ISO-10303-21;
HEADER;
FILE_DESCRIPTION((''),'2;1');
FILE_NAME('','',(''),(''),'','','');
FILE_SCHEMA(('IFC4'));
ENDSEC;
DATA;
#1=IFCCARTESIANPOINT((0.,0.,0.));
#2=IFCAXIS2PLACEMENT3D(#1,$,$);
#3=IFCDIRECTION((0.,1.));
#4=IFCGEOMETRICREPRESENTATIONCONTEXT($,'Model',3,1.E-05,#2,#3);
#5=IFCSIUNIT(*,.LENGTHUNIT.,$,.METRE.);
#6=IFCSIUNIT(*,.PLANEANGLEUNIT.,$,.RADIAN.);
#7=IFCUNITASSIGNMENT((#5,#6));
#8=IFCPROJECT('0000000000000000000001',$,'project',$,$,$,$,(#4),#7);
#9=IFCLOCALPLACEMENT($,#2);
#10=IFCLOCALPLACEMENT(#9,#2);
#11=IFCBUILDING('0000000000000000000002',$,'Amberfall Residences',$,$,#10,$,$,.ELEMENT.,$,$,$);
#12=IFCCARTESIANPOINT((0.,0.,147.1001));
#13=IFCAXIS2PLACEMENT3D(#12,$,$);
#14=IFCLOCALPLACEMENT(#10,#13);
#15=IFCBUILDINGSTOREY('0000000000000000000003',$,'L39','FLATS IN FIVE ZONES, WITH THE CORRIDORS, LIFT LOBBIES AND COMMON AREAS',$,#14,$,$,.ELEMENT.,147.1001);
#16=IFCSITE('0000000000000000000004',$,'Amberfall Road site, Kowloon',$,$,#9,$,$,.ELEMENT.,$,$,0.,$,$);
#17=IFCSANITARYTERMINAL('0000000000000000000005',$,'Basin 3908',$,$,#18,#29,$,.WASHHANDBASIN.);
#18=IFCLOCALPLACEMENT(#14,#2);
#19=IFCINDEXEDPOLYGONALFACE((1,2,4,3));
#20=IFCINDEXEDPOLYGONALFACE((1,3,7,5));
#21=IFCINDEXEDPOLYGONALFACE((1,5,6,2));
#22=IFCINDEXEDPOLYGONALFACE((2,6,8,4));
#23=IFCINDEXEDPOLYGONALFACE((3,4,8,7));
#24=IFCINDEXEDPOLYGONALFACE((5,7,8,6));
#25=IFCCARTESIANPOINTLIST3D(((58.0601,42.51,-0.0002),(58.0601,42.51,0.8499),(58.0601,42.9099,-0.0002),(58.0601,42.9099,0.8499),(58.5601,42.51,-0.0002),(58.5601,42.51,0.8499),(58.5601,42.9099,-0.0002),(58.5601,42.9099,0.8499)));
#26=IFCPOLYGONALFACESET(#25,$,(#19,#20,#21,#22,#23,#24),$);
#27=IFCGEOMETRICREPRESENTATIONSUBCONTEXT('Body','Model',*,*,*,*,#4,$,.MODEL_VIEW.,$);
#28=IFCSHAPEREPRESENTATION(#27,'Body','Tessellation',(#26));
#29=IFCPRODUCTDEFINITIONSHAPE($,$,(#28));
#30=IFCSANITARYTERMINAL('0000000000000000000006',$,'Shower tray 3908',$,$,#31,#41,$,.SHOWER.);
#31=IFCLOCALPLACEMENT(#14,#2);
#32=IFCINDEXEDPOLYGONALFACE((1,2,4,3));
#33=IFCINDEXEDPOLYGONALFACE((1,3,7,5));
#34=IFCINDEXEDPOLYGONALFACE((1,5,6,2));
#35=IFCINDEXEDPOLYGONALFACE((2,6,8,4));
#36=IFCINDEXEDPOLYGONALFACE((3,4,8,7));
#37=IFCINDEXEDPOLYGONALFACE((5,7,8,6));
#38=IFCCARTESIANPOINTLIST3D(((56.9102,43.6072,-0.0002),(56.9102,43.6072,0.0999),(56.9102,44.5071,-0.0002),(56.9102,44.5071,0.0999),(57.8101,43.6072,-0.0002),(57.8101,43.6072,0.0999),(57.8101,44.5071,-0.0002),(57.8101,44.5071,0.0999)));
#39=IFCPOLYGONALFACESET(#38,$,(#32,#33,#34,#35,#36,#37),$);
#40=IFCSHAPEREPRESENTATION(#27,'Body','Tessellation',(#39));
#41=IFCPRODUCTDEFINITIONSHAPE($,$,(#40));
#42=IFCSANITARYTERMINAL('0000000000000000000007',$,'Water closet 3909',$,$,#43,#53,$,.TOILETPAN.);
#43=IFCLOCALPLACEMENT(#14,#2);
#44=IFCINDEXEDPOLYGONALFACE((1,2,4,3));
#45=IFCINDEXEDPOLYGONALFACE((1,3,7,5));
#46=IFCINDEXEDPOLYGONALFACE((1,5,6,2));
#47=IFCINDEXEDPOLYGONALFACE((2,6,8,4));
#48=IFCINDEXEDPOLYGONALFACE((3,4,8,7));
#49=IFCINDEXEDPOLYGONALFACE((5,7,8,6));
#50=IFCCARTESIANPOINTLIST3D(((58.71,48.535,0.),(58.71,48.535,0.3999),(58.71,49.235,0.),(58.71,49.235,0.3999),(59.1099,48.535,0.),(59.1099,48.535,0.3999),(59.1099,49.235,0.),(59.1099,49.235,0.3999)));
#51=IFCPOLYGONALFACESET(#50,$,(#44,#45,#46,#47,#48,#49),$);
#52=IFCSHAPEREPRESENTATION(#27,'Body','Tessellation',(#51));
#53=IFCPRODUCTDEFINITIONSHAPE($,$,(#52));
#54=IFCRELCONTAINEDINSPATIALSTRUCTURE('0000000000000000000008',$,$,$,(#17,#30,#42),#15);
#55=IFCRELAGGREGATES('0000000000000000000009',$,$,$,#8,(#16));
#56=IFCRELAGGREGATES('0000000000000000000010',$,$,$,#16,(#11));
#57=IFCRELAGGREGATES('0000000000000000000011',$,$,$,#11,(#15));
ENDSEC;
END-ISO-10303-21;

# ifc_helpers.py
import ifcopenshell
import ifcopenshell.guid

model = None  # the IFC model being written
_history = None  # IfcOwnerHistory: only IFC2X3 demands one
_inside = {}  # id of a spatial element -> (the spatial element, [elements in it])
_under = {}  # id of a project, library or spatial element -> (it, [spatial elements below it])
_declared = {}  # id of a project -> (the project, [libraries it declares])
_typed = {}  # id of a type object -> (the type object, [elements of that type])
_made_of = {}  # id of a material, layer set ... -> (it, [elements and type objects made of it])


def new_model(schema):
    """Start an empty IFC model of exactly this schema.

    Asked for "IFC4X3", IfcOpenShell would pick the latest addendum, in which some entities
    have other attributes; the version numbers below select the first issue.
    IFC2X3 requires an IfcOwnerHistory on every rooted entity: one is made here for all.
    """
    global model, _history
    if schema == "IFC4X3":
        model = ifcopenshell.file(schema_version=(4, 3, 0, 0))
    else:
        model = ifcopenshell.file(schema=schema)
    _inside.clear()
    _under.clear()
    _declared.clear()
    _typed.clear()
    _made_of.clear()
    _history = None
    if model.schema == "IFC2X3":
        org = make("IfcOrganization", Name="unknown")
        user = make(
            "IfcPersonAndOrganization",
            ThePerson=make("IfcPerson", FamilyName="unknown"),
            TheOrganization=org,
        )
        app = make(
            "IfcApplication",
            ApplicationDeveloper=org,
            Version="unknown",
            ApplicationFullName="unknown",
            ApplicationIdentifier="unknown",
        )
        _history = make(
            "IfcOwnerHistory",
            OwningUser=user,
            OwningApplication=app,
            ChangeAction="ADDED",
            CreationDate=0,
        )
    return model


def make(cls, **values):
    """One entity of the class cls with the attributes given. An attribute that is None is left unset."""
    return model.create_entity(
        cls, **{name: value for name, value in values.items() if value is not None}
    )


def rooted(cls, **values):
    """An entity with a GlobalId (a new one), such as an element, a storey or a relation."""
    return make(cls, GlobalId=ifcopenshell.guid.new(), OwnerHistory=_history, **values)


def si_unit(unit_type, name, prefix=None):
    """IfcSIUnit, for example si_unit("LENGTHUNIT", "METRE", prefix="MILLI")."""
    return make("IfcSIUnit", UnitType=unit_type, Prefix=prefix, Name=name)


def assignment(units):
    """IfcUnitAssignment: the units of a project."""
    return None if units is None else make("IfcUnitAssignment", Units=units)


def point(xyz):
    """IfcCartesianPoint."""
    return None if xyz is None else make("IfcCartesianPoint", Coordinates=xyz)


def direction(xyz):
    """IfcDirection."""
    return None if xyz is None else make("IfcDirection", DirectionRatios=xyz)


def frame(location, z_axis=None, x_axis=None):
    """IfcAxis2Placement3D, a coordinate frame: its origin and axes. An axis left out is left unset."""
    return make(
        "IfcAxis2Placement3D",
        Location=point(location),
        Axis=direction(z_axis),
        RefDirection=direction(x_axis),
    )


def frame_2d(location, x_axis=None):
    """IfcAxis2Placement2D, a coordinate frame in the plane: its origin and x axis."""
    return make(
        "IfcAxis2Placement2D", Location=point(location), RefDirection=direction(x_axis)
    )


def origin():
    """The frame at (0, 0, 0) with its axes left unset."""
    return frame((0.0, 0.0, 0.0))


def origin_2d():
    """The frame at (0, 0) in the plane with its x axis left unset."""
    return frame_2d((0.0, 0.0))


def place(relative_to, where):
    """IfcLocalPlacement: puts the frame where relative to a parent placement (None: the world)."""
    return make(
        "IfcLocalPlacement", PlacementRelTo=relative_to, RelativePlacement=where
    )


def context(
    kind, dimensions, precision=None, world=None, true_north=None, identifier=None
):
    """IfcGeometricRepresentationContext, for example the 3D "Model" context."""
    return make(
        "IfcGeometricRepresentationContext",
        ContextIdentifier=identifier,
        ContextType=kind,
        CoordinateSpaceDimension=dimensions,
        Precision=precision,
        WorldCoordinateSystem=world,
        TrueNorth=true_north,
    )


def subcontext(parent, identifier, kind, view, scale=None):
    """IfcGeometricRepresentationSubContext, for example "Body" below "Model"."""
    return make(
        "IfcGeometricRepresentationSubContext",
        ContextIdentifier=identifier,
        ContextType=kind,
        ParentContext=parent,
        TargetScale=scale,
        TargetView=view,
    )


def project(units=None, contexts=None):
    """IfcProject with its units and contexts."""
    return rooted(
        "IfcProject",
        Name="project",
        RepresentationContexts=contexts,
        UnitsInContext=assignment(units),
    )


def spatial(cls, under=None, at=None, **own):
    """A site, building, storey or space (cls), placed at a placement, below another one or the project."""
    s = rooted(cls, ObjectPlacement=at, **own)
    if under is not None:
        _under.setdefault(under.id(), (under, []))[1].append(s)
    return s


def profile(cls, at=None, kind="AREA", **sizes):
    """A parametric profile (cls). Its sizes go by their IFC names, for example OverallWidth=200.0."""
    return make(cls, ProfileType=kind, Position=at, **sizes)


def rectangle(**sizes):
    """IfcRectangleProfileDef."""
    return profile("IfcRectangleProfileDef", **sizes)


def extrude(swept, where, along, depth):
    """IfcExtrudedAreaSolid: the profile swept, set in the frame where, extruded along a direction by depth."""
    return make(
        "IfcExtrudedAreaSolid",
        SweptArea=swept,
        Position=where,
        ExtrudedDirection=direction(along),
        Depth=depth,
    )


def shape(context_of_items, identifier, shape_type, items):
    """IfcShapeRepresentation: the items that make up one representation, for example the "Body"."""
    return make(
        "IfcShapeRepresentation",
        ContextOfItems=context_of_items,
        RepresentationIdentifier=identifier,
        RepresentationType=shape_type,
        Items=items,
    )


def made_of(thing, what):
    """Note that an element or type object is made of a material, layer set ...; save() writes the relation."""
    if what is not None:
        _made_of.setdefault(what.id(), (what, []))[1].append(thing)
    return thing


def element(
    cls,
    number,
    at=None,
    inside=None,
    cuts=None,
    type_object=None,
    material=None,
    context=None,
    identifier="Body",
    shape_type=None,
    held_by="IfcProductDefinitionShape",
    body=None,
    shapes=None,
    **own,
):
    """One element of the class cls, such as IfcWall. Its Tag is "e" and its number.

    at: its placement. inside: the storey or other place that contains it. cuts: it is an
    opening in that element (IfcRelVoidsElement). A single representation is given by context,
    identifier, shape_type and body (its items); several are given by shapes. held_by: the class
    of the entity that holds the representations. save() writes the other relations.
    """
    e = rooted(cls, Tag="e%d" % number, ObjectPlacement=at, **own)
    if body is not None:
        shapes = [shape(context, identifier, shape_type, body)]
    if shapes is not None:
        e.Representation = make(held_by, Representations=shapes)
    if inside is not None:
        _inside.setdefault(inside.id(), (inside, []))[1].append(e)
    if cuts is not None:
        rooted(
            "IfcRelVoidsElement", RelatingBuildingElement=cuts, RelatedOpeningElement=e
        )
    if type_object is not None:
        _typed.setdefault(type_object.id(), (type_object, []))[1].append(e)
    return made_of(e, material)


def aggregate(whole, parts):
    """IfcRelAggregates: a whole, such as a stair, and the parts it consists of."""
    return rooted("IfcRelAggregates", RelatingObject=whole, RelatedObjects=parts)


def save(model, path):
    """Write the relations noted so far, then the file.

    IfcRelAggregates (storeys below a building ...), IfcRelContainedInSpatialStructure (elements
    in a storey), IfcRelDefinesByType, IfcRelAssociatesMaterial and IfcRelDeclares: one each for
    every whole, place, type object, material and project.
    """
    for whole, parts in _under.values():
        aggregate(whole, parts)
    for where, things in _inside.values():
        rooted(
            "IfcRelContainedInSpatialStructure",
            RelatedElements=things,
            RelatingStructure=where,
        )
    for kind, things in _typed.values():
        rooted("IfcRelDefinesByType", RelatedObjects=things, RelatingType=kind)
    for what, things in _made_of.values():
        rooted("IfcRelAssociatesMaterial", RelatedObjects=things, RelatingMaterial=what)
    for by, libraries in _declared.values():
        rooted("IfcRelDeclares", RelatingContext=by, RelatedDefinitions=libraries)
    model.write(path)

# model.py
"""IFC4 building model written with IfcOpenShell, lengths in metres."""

from ifc_helpers import new_model, si_unit, direction, frame, origin, origin_2d, place, context, subcontext, project, spatial, rectangle, extrude, element, save


model = new_model("IFC4")

# Units and contexts
model_context = context("Model", 3, precision=1e-05, world=origin(), true_north=direction((0.0, 1.0)))
body_context = subcontext(model_context, "Body", "Model", "MODEL_VIEW")
ifc_project = project(units=[si_unit("LENGTHUNIT", "METRE"), si_unit("PLANEANGLEUNIT", "RADIAN")], contexts=[model_context])

# Site, building, storey
site_placement = place(None, origin())
site = spatial("IfcSite", under=ifc_project, at=site_placement, Name="Amberfall Road site, Kowloon", CompositionType="ELEMENT", RefElevation=0.0)
building_placement = place(site_placement, origin())
building = spatial("IfcBuilding", under=site, at=building_placement, Name="Amberfall Residences", CompositionType="ELEMENT")
storey_placement = place(building_placement, frame((0.0, 0.0, 147.1001)))
storey = spatial("IfcBuildingStorey", under=building, at=storey_placement, Name="L39", Description="FLATS IN FIVE ZONES, WITH THE CORRIDORS, LIFT LOBBIES AND COMMON AREAS", CompositionType="ELEMENT", Elevation=147.1001)

# Sanitary terminals
sanitary_terminal_1_placement = place(storey_placement, frame((58.3101, 42.71, -0.0002), z_axis=(0.0, 0.0, 1.0), x_axis=(1.0, 0.0, 0.0)))
element("IfcSanitaryTerminal", 1, at=sanitary_terminal_1_placement, inside=storey, Name="Basin 3908", PredefinedType="WASHHANDBASIN", context=body_context, shape_type="SweptSolid", body=[
    extrude(rectangle(XDim=0.5, YDim=0.3999, at=origin_2d()), origin(), (0.0, 0.0, 1.0), 0.8501),
])
sanitary_terminal_2_placement = place(storey_placement, frame((57.3601, 44.0571, -0.0002), z_axis=(0.0, 0.0, 1.0), x_axis=(1.0, 0.0, 0.0)))
element("IfcSanitaryTerminal", 2, at=sanitary_terminal_2_placement, inside=storey, Name="Shower tray 3908", PredefinedType="SHOWER", context=body_context, shape_type="SweptSolid", body=[
    extrude(rectangle(XDim=0.8999, YDim=0.8999, at=origin_2d()), origin(), (0.0, 0.0, 1.0), 0.1001),
])
sanitary_terminal_3_placement = place(storey_placement, frame((58.9099, 48.885, 0.0), z_axis=(0.0, 0.0, 1.0), x_axis=(1.0, 0.0, 0.0)))
element("IfcSanitaryTerminal", 3, at=sanitary_terminal_3_placement, inside=storey, Name="Water closet 3909", PredefinedType="TOILETPAN", context=body_context, shape_type="SweptSolid", body=[
    extrude(rectangle(XDim=0.3999, YDim=0.7, at=origin_2d()), origin(), (0.0, 0.0, 1.0), 0.3999),
])

save(model, "model.ifc")
